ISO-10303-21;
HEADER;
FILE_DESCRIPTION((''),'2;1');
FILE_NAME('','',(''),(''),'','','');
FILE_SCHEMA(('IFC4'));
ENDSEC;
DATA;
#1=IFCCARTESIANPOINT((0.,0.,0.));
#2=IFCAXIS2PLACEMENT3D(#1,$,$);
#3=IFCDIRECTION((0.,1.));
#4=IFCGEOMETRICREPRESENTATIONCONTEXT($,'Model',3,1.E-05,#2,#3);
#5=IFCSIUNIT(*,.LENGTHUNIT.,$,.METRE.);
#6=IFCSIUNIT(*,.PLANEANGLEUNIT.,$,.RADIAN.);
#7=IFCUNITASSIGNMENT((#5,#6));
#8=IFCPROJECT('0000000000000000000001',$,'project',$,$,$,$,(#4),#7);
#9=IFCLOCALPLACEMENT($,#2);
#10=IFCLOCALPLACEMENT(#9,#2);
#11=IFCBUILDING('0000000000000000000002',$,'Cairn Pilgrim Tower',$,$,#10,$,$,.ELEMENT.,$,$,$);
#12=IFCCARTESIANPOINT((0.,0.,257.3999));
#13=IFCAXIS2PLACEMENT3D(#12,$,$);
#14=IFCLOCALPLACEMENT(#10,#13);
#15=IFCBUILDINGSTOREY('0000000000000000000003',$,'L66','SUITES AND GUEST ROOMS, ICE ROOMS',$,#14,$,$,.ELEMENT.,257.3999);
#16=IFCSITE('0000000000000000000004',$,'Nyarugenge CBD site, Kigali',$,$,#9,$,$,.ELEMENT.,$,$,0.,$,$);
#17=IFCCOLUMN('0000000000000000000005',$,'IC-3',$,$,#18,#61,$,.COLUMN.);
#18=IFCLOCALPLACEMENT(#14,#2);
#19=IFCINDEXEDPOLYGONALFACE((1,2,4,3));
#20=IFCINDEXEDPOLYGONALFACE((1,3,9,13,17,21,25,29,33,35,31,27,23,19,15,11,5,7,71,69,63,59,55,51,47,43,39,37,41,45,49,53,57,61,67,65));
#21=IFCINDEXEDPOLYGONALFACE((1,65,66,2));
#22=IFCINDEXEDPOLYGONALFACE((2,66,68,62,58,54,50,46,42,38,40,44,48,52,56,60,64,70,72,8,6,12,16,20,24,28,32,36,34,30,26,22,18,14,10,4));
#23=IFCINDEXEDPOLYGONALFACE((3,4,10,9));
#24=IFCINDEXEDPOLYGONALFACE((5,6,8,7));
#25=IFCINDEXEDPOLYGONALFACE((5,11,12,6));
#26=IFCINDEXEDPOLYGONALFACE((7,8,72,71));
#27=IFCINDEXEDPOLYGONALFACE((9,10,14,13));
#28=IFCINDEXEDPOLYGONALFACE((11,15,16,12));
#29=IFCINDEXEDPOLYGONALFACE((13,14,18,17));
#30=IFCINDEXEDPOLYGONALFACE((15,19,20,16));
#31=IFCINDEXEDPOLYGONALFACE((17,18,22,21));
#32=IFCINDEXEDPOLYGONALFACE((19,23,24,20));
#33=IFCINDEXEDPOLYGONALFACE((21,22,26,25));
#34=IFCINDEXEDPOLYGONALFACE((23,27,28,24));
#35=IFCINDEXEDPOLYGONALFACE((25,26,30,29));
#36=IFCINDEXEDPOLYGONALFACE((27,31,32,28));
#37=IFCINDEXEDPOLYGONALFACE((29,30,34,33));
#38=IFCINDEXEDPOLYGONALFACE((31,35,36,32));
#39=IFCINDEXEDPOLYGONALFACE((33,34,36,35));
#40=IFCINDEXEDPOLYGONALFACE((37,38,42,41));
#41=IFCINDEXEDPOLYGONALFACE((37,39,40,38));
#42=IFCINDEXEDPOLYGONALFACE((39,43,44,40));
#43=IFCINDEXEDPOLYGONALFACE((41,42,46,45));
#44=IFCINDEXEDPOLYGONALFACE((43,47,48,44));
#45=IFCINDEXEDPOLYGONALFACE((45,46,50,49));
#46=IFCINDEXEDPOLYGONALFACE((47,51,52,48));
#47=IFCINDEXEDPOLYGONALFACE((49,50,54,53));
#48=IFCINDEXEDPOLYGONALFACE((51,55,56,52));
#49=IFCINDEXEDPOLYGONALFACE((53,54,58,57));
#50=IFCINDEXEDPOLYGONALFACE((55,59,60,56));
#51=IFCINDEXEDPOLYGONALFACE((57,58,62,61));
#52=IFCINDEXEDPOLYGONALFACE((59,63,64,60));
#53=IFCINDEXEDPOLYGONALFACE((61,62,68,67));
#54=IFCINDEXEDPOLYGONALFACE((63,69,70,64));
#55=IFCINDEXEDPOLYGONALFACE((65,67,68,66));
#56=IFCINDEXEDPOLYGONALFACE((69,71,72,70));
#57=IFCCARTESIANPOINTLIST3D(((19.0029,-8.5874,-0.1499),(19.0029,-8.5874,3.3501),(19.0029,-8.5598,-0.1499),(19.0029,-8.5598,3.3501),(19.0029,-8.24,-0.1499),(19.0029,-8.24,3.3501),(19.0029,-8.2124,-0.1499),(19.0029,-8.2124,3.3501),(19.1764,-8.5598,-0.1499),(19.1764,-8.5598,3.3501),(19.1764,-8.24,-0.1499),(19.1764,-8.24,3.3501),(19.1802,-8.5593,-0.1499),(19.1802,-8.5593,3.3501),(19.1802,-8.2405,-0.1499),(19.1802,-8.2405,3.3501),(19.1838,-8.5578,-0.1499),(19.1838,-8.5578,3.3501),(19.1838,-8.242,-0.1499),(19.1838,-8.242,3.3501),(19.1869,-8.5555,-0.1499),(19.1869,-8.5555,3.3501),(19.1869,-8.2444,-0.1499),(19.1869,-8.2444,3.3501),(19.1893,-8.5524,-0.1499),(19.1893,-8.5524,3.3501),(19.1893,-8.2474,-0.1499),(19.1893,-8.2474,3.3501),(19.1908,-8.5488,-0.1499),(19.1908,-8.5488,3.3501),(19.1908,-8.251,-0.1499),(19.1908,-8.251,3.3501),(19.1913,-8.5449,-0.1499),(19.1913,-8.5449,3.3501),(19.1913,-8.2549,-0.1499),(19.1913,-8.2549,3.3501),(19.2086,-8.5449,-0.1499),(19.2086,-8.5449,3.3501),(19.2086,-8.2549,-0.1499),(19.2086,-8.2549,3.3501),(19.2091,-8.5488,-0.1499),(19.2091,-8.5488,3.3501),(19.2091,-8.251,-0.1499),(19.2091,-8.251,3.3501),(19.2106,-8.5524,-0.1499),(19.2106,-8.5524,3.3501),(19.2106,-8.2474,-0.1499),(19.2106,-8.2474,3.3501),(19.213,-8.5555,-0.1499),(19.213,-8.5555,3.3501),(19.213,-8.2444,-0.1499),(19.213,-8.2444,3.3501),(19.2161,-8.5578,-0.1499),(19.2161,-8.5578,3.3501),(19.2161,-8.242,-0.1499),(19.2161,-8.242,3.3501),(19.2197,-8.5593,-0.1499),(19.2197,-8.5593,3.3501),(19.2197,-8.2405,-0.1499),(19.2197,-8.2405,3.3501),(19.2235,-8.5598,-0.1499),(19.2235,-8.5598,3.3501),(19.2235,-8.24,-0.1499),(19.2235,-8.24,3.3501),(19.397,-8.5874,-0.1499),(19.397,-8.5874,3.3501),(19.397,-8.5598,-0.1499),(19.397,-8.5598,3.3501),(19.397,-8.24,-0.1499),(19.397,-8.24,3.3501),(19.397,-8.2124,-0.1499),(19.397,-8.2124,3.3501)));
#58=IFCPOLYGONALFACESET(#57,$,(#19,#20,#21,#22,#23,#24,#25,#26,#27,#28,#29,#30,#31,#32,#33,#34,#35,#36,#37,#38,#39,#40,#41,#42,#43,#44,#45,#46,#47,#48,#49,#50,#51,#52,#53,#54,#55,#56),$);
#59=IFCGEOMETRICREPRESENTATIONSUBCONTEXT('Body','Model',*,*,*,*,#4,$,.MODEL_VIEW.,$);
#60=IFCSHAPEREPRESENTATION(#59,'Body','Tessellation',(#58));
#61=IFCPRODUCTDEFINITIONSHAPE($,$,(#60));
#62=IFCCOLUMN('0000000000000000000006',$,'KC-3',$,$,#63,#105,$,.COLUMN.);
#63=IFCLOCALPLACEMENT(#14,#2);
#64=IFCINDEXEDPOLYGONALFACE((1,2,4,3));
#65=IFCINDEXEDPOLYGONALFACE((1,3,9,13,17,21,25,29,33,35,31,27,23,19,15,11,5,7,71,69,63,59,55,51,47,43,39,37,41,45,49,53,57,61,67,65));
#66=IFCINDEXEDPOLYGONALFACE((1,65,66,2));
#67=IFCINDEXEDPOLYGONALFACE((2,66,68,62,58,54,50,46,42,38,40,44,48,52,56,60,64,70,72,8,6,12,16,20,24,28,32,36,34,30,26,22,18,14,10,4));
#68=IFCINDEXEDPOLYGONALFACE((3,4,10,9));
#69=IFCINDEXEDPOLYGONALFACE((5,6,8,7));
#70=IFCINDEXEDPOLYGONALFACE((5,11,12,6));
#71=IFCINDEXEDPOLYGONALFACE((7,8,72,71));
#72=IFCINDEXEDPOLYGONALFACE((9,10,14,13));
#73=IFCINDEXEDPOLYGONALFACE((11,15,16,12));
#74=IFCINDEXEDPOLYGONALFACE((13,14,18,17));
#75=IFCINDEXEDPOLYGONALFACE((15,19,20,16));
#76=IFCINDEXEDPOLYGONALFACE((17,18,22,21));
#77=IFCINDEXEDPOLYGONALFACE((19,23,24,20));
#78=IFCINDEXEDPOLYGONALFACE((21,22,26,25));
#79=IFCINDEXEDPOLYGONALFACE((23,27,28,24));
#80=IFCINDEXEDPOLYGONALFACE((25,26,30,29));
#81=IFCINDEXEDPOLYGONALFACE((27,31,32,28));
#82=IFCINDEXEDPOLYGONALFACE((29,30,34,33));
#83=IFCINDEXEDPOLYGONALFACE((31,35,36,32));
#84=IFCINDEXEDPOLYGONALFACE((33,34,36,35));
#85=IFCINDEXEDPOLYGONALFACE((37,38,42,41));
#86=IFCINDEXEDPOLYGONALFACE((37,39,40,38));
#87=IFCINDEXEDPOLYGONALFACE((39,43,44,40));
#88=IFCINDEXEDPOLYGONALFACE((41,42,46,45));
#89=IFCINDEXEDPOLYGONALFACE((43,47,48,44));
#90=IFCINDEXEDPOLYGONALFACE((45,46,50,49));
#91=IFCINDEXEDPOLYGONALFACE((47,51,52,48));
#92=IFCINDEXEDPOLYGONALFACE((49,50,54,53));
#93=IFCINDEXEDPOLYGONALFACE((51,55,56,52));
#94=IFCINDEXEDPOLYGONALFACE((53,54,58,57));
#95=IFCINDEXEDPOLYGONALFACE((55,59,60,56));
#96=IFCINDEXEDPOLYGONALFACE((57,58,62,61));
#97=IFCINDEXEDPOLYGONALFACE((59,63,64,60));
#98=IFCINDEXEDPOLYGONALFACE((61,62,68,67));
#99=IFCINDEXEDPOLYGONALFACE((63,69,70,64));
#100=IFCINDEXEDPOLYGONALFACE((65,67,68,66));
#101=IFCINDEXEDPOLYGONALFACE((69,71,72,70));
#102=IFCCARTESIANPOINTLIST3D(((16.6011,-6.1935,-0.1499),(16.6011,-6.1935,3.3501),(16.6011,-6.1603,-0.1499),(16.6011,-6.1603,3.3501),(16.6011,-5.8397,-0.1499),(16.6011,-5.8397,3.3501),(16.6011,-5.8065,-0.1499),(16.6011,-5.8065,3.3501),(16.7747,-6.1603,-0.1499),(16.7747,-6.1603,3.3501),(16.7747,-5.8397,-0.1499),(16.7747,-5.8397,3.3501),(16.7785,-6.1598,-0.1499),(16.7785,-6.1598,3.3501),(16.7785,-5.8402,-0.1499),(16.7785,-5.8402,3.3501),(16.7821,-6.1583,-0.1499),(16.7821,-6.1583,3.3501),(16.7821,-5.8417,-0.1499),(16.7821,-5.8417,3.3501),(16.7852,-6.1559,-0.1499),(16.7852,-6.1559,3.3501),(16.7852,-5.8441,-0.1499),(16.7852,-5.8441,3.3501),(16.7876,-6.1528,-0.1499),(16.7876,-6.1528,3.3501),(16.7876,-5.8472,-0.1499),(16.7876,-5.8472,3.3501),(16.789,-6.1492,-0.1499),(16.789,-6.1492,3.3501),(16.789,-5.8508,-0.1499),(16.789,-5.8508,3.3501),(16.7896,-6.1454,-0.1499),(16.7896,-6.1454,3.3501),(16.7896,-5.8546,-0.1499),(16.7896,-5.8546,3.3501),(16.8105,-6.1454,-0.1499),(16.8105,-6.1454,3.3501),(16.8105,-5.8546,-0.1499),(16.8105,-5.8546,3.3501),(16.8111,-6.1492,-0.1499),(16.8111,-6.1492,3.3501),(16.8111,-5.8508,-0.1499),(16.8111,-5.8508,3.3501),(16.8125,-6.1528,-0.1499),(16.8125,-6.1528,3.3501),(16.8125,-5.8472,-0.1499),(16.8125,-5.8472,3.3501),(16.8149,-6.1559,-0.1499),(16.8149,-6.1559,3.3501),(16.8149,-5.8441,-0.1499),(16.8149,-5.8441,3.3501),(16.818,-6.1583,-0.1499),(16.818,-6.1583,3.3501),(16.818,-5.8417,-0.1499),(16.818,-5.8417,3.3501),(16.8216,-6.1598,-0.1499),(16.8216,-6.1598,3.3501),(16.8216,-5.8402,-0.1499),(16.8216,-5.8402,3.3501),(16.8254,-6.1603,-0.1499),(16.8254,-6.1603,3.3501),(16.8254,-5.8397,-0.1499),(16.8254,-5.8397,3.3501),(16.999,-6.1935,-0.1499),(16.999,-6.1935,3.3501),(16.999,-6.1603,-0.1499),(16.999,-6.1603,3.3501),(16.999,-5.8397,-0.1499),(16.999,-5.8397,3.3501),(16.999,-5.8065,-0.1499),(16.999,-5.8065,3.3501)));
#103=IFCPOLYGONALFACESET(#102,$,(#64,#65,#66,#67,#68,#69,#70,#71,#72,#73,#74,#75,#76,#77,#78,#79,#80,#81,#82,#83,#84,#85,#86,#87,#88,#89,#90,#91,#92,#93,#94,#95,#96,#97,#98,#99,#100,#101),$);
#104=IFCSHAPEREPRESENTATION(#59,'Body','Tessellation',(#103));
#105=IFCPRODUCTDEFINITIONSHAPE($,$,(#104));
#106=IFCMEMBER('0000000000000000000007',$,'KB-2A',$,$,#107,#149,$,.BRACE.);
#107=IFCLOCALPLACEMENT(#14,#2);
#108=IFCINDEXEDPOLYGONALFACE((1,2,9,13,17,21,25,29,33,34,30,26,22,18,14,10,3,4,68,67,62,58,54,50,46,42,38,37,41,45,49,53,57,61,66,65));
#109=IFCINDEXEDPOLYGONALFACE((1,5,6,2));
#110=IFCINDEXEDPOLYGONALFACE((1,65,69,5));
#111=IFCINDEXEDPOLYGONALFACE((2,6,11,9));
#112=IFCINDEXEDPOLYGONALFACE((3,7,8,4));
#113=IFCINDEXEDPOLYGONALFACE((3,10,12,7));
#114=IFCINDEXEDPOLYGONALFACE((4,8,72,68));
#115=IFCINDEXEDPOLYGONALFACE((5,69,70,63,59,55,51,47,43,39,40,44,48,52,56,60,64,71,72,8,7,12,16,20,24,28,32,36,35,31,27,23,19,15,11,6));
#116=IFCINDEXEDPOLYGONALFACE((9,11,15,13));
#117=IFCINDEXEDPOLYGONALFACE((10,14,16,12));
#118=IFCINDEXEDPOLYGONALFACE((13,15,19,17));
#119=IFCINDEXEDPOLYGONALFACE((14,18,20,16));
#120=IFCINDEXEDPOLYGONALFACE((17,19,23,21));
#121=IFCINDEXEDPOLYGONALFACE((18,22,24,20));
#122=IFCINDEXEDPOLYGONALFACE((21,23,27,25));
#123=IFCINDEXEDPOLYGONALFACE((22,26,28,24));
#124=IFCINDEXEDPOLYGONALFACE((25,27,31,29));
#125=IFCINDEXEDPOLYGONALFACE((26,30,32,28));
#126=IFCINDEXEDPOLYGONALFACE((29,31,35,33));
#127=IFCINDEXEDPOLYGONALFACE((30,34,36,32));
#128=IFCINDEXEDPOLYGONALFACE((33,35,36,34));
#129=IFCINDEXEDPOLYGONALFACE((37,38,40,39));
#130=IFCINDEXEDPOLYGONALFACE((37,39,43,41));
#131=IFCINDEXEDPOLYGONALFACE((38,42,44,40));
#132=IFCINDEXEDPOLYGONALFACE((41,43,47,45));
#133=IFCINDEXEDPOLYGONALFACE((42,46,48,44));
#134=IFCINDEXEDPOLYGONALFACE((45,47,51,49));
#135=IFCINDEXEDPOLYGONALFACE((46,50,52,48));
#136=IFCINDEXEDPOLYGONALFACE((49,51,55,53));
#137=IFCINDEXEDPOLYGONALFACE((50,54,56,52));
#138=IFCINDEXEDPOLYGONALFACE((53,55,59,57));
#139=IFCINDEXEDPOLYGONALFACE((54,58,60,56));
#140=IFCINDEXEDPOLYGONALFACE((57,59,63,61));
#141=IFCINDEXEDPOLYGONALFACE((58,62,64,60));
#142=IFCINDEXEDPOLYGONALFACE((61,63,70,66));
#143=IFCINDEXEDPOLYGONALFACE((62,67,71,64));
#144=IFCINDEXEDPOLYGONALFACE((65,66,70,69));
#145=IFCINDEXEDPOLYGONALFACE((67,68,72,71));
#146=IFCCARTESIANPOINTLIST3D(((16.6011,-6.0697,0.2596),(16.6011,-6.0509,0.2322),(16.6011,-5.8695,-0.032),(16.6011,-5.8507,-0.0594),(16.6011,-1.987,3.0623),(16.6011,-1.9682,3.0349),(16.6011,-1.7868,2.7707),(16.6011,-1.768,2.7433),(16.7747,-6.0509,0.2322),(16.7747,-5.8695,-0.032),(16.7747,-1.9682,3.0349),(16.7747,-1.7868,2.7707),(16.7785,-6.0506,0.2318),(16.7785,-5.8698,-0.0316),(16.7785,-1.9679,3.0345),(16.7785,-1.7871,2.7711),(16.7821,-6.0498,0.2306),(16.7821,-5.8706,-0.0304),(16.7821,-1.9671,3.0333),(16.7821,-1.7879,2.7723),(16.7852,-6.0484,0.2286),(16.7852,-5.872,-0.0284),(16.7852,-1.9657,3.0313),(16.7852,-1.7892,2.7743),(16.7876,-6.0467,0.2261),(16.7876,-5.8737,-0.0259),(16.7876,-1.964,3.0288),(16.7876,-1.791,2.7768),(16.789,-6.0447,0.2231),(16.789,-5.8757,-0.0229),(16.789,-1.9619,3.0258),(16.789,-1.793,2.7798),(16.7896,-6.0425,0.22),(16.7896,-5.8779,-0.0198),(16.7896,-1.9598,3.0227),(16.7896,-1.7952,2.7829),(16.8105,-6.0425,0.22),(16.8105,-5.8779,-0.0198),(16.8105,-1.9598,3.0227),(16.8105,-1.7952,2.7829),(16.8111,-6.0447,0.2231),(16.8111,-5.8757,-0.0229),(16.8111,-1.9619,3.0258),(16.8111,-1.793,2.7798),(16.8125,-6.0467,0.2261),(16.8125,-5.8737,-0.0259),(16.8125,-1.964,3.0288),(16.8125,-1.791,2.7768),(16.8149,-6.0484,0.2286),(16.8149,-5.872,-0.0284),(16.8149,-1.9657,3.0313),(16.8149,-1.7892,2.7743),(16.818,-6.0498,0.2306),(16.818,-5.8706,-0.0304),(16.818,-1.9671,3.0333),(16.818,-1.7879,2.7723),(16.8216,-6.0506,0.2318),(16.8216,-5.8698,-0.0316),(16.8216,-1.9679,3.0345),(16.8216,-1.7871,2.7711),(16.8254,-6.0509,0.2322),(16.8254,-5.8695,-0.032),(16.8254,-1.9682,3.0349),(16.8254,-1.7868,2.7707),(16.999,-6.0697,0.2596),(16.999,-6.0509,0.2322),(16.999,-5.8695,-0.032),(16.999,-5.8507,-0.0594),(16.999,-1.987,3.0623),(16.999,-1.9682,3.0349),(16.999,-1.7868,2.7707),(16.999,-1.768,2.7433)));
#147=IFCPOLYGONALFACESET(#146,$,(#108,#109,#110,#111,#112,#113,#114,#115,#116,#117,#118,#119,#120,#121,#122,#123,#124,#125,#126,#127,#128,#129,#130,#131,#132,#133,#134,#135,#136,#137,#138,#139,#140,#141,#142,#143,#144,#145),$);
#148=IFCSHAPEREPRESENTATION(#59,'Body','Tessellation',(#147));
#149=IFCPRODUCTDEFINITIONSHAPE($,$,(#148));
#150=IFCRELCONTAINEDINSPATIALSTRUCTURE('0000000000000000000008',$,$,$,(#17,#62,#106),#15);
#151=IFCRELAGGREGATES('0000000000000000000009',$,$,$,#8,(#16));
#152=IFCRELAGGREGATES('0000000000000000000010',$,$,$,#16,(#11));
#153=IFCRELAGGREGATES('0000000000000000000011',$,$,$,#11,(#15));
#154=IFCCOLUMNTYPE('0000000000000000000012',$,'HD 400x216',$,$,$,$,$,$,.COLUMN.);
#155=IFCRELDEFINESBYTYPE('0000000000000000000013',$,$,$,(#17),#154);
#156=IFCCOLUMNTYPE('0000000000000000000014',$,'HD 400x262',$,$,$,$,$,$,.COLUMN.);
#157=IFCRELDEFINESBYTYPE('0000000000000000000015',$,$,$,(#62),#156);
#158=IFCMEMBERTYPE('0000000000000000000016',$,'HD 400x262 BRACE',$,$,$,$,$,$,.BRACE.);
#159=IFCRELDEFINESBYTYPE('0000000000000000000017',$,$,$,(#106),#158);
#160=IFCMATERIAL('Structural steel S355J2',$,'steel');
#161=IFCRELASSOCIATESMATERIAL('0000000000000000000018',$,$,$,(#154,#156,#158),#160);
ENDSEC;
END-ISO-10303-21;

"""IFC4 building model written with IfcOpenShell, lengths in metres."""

from ifc_helpers import new_model, si_unit, direction, frame, origin, origin_2d, place, context, subcontext, project, spatial, i_section, extrude, material, material_profile, profile_set, type_object, element, save


model = new_model("IFC4")

# Units and contexts
model_context = context("Model", 3, precision=1e-05, world=origin(), true_north=direction((0.0, 1.0)))
body_context = subcontext(model_context, "Body", "Model", "MODEL_VIEW")
ifc_project = project(units=[si_unit("LENGTHUNIT", "METRE"), si_unit("PLANEANGLEUNIT", "RADIAN")], contexts=[model_context])

# Site, building, storey
site_placement = place(None, origin())
site = spatial("IfcSite", under=ifc_project, at=site_placement, Name="Nyarugenge CBD site, Kigali", CompositionType="ELEMENT", RefElevation=0.0)
building_placement = place(site_placement, origin())
building = spatial("IfcBuilding", under=site, at=building_placement, Name="Cairn Pilgrim Tower", CompositionType="ELEMENT")
storey_placement = place(building_placement, frame((0.0, 0.0, 257.3999)))
storey = spatial("IfcBuildingStorey", under=building, at=storey_placement, Name="L66", Description="SUITES AND GUEST ROOMS, ICE ROOMS", CompositionType="ELEMENT", Elevation=257.3999)

# Columns
ifc_material_1 = material(Name="Structural steel S355J2", Category="steel")
ifc_material_profile_1 = material_profile(ifc_material_1, i_section(OverallWidth=0.394, OverallDepth=0.375, WebThickness=0.0173, FlangeThickness=0.0276, FilletRadius=0.0149, at=origin_2d()), Name="HD 400x216")
ifc_profile_set_1 = profile_set([ifc_material_profile_1], Name="Structural steel S355J2")
column_type_1 = type_object("IfcColumnType", Name="HD 400x216", PredefinedType="COLUMN", material=ifc_profile_set_1)
column_1_placement = place(storey_placement, frame((19.2, -8.3999, -0.1499), z_axis=(0.0, 0.0, 1.0), x_axis=(1.0, 0.0, 0.0)))
element("IfcColumn", 1, at=column_1_placement, inside=storey, type_object=column_type_1, Name="IC-3", PredefinedType="COLUMN", context=body_context, shape_type="SweptSolid", body=[
    extrude(i_section(OverallWidth=0.394, OverallDepth=0.375, WebThickness=0.0173, FlangeThickness=0.0276, FilletRadius=0.0149, at=origin_2d()), origin(), (0.0, 0.0, 1.0), 3.5),
])
ifc_material_profile_2 = material_profile(ifc_material_1, i_section(OverallWidth=0.3979, OverallDepth=0.387, WebThickness=0.021, FlangeThickness=0.0332, FilletRadius=0.0149, at=origin_2d()), Name="HD 400x262")
ifc_profile_set_2 = profile_set([ifc_material_profile_2], Name="Structural steel S355J2")
column_type_2 = type_object("IfcColumnType", Name="HD 400x262", PredefinedType="COLUMN", material=ifc_profile_set_2)
column_2_placement = place(storey_placement, frame((16.8, -6.0, -0.1499), z_axis=(0.0, 0.0, 1.0), x_axis=(1.0, 0.0, 0.0)))
element("IfcColumn", 2, at=column_2_placement, inside=storey, type_object=column_type_2, Name="KC-3", PredefinedType="COLUMN", context=body_context, shape_type="SweptSolid", body=[
    extrude(i_section(OverallWidth=0.3979, OverallDepth=0.387, WebThickness=0.021, FlangeThickness=0.0332, FilletRadius=0.0149, at=origin_2d()), origin(), (0.0, 0.0, 1.0), 3.5),
])

# Member
ifc_material_profile_3 = material_profile(ifc_material_1, i_section(OverallWidth=0.3979, OverallDepth=0.387, WebThickness=0.021, FlangeThickness=0.0332, FilletRadius=0.0149, at=origin_2d()), Name="HD 400x262")
ifc_profile_set_3 = profile_set([ifc_material_profile_3], Name="Structural steel S355J2")
member_type = type_object("IfcMemberType", Name="HD 400x262 BRACE", PredefinedType="BRACE", material=ifc_profile_set_3)
member_placement = place(storey_placement, frame((16.8, -5.9602, 0.1001), z_axis=(0.0, 0.824434, 0.565957), x_axis=(-1.0, 0.0, 0.0)))
element("IfcMember", 3, at=member_placement, inside=storey, type_object=member_type, Name="KB-2A", PredefinedType="BRACE", context=body_context, shape_type="SweptSolid", body=[
    extrude(i_section(OverallWidth=0.3979, OverallDepth=0.387, WebThickness=0.021, FlangeThickness=0.0332, FilletRadius=0.0149, at=origin_2d()), origin(), (0.0, 0.0, 1.0), 4.9521),
])

save(model, "model.ifc")
